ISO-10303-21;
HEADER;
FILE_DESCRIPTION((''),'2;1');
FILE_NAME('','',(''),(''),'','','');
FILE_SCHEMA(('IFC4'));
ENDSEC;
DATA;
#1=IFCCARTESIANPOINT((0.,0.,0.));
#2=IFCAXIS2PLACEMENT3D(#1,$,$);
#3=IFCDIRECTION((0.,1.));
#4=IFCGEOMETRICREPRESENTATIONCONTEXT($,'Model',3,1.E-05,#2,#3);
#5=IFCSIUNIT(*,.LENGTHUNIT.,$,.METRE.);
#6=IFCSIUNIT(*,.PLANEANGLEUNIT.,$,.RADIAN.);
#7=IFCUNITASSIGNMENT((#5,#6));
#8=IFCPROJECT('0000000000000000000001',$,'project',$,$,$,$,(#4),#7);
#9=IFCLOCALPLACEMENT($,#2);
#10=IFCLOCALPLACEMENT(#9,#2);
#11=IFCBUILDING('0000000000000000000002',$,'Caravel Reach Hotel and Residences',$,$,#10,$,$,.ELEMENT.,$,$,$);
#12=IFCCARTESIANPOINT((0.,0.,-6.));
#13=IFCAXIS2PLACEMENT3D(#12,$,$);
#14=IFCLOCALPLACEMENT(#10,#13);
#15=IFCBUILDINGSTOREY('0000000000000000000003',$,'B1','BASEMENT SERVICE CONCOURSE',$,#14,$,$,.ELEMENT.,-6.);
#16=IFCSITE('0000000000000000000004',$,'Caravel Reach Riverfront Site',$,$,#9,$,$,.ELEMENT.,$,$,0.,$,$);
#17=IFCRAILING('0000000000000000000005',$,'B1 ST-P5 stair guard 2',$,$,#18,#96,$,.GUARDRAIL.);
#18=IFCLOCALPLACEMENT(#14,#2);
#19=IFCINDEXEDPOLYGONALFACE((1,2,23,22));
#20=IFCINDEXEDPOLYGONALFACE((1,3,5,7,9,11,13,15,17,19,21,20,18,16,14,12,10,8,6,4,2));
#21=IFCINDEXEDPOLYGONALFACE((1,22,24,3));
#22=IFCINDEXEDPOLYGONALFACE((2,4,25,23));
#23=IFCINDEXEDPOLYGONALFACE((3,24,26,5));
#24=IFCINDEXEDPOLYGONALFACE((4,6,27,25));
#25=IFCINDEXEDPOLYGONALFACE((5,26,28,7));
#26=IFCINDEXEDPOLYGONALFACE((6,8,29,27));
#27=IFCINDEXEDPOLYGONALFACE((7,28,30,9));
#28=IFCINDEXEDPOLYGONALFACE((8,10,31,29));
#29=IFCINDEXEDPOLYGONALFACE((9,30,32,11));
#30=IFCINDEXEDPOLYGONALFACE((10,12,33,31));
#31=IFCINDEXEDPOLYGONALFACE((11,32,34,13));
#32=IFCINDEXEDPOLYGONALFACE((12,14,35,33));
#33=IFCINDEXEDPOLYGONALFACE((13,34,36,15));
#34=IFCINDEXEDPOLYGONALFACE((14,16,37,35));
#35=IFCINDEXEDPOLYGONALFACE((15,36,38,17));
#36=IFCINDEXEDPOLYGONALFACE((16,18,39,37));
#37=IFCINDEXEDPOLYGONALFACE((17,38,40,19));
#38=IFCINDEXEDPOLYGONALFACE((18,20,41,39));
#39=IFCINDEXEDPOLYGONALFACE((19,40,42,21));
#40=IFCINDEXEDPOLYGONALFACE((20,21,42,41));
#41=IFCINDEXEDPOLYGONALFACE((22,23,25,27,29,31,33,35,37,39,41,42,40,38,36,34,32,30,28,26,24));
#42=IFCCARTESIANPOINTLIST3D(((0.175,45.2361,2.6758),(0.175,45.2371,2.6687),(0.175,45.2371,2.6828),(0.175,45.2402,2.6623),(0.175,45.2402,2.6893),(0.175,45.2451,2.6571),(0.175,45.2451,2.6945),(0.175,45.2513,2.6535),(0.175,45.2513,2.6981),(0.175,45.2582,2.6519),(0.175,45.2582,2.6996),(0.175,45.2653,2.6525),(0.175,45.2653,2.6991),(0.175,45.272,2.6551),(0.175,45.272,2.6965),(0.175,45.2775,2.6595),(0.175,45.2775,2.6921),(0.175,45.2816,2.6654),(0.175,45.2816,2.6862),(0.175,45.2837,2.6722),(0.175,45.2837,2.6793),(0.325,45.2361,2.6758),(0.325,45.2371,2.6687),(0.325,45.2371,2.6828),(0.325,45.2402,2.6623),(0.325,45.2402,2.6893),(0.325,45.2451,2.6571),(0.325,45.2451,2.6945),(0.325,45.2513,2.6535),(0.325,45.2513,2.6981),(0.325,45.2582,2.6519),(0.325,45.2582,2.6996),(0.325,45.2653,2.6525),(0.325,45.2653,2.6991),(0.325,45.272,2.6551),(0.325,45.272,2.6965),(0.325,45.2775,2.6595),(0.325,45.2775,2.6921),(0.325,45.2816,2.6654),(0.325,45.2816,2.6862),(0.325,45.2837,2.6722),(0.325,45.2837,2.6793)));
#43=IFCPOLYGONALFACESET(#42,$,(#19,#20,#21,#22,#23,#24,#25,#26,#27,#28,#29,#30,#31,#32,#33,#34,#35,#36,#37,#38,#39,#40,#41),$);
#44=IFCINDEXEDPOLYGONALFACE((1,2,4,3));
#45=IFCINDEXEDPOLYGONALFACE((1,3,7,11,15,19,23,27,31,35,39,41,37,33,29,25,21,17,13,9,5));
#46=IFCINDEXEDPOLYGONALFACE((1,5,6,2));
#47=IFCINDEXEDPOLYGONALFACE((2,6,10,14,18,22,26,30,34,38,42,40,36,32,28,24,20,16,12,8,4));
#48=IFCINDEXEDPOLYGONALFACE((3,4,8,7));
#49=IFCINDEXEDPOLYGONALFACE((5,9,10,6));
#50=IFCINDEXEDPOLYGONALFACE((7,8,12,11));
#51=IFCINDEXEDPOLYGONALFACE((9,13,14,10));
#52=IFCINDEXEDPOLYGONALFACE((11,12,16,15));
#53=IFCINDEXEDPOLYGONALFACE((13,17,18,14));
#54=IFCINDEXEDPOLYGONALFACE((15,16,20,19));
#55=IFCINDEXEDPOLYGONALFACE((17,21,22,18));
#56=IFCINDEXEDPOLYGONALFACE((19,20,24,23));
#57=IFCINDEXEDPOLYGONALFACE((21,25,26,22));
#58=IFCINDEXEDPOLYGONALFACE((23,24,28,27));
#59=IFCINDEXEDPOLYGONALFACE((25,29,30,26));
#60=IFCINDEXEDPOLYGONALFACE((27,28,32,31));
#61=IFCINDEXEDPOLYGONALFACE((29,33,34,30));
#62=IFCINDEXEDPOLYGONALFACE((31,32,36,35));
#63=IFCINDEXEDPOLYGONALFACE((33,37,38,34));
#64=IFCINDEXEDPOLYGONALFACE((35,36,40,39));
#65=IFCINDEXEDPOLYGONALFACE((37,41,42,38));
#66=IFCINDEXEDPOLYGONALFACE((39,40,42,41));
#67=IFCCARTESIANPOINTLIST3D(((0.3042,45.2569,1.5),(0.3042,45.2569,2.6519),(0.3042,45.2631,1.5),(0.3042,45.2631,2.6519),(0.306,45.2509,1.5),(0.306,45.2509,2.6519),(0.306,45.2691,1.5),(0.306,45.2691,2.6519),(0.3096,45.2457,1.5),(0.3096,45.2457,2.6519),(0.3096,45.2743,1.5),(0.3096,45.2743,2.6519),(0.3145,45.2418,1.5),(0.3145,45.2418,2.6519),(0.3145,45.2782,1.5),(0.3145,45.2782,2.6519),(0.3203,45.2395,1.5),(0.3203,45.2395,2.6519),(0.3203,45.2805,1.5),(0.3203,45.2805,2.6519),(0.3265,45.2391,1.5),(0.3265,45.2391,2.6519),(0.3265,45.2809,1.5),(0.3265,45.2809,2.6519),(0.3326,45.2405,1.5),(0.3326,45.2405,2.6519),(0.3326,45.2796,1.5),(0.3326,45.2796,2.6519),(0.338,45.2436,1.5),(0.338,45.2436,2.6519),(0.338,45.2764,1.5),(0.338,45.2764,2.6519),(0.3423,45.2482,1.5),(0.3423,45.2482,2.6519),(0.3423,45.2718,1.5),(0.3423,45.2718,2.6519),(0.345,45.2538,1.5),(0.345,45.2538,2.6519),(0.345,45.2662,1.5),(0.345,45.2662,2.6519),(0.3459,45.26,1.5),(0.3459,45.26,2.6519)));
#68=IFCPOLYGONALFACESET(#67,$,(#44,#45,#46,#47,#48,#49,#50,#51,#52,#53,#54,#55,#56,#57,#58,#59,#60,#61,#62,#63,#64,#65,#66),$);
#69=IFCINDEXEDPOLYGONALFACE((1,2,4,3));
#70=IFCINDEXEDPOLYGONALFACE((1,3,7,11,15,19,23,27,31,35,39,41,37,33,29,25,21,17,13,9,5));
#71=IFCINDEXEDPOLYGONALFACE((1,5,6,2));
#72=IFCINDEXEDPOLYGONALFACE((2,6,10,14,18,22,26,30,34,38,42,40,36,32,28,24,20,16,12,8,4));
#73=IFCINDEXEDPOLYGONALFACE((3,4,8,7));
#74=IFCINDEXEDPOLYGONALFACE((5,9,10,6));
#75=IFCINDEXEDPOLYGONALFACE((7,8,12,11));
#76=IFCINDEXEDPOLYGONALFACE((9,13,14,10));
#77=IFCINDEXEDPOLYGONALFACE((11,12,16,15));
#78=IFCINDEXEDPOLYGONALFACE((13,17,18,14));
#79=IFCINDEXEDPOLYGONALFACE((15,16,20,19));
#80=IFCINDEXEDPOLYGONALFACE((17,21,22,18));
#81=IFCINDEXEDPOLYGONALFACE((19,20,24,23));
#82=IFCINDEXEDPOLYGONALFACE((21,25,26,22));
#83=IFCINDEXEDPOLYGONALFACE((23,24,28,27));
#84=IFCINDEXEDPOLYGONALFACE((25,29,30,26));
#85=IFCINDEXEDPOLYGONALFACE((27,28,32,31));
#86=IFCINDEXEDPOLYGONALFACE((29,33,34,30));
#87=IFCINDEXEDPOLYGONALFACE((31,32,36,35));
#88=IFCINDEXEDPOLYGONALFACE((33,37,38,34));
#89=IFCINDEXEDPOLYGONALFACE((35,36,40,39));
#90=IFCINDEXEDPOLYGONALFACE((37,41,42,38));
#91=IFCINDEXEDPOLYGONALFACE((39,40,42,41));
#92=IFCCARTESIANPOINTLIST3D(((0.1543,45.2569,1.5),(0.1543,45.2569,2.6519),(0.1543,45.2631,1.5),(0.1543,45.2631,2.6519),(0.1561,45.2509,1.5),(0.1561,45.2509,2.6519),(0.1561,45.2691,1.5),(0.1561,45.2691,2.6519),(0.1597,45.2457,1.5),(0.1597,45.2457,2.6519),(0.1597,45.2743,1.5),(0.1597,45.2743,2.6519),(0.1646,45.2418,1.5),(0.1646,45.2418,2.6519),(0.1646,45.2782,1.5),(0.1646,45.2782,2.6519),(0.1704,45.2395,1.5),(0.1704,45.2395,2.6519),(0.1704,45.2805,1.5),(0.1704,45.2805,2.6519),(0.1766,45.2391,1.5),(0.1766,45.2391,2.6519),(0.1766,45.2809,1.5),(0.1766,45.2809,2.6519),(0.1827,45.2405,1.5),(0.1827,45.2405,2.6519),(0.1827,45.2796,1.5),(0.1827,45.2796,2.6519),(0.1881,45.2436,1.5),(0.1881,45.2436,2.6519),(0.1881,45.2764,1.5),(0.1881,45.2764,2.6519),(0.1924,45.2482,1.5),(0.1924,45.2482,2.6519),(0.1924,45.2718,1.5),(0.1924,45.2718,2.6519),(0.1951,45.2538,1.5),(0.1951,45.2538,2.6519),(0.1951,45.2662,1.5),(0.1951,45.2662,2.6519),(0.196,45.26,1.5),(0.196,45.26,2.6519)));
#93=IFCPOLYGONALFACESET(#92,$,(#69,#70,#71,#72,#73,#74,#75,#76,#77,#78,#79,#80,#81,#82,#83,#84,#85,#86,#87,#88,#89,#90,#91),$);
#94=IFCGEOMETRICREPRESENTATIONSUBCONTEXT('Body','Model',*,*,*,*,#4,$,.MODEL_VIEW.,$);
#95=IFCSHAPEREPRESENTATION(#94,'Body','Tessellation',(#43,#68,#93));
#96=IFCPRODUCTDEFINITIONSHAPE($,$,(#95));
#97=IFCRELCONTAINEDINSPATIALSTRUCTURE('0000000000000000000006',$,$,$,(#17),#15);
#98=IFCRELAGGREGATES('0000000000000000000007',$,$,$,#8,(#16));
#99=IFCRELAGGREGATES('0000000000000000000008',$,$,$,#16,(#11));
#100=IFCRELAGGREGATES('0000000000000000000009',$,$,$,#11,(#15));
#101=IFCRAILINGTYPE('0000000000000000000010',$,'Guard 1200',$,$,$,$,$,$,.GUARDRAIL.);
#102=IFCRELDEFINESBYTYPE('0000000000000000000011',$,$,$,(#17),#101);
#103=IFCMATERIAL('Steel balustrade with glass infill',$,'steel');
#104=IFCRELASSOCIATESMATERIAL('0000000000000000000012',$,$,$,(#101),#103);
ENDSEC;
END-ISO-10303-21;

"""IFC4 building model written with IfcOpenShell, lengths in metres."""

from ifc_helpers import new_model, si_unit, direction, frame, origin, origin_2d, place, context, subcontext, project, spatial, circle, extrude, material, type_object, element, save


model = new_model("IFC4")

# Units and contexts
model_context = context("Model", 3, precision=1e-05, world=origin(), true_north=direction((0.0, 1.0)))
body_context = subcontext(model_context, "Body", "Model", "MODEL_VIEW")
ifc_project = project(units=[si_unit("LENGTHUNIT", "METRE"), si_unit("PLANEANGLEUNIT", "RADIAN")], contexts=[model_context])

# Site, building, storey
site_placement = place(None, origin())
site = spatial("IfcSite", under=ifc_project, at=site_placement, Name="Caravel Reach Riverfront Site", CompositionType="ELEMENT", RefElevation=0.0)
building_placement = place(site_placement, origin())
building = spatial("IfcBuilding", under=site, at=building_placement, Name="Caravel Reach Hotel and Residences", CompositionType="ELEMENT")
storey_placement = place(building_placement, frame((0.0, 0.0, -6.0)))
storey = spatial("IfcBuildingStorey", under=building, at=storey_placement, Name="B1", Description="BASEMENT SERVICE CONCOURSE", CompositionType="ELEMENT", Elevation=-6.0)

# Railing
ifc_material_1 = material(Name="Steel balustrade with glass infill", Category="steel")
railing_type_1 = type_object("IfcRailingType", Name="Guard 1200", PredefinedType="GUARDRAIL", material=ifc_material_1)
railing_1_placement = place(storey_placement, frame((0.325, 45.26, 1.5)))
element("IfcRailing", 1, at=railing_1_placement, inside=storey, type_object=railing_type_1, Name="B1 ST-P5 stair guard 2", PredefinedType="GUARDRAIL", context=body_context, shape_type="SweptSolid", body=[
    extrude(circle(Radius=0.0239, at=origin_2d()), frame((0.0, 0.0, 1.1758), z_axis=(-1.0, 0.0, 0.0), x_axis=(0.0, -1.0, 0.0)), (0.0, 0.0, 1.0), 0.1499),
    extrude(circle(Radius=0.021, at=origin_2d()), origin(), (0.0, 0.0, 1.0), 1.1519),
    extrude(circle(Radius=0.021, at=origin_2d()), frame((-0.1499, 0.0, 0.0)), (0.0, 0.0, 1.0), 1.1519),
])

save(model, "model.ifc")
